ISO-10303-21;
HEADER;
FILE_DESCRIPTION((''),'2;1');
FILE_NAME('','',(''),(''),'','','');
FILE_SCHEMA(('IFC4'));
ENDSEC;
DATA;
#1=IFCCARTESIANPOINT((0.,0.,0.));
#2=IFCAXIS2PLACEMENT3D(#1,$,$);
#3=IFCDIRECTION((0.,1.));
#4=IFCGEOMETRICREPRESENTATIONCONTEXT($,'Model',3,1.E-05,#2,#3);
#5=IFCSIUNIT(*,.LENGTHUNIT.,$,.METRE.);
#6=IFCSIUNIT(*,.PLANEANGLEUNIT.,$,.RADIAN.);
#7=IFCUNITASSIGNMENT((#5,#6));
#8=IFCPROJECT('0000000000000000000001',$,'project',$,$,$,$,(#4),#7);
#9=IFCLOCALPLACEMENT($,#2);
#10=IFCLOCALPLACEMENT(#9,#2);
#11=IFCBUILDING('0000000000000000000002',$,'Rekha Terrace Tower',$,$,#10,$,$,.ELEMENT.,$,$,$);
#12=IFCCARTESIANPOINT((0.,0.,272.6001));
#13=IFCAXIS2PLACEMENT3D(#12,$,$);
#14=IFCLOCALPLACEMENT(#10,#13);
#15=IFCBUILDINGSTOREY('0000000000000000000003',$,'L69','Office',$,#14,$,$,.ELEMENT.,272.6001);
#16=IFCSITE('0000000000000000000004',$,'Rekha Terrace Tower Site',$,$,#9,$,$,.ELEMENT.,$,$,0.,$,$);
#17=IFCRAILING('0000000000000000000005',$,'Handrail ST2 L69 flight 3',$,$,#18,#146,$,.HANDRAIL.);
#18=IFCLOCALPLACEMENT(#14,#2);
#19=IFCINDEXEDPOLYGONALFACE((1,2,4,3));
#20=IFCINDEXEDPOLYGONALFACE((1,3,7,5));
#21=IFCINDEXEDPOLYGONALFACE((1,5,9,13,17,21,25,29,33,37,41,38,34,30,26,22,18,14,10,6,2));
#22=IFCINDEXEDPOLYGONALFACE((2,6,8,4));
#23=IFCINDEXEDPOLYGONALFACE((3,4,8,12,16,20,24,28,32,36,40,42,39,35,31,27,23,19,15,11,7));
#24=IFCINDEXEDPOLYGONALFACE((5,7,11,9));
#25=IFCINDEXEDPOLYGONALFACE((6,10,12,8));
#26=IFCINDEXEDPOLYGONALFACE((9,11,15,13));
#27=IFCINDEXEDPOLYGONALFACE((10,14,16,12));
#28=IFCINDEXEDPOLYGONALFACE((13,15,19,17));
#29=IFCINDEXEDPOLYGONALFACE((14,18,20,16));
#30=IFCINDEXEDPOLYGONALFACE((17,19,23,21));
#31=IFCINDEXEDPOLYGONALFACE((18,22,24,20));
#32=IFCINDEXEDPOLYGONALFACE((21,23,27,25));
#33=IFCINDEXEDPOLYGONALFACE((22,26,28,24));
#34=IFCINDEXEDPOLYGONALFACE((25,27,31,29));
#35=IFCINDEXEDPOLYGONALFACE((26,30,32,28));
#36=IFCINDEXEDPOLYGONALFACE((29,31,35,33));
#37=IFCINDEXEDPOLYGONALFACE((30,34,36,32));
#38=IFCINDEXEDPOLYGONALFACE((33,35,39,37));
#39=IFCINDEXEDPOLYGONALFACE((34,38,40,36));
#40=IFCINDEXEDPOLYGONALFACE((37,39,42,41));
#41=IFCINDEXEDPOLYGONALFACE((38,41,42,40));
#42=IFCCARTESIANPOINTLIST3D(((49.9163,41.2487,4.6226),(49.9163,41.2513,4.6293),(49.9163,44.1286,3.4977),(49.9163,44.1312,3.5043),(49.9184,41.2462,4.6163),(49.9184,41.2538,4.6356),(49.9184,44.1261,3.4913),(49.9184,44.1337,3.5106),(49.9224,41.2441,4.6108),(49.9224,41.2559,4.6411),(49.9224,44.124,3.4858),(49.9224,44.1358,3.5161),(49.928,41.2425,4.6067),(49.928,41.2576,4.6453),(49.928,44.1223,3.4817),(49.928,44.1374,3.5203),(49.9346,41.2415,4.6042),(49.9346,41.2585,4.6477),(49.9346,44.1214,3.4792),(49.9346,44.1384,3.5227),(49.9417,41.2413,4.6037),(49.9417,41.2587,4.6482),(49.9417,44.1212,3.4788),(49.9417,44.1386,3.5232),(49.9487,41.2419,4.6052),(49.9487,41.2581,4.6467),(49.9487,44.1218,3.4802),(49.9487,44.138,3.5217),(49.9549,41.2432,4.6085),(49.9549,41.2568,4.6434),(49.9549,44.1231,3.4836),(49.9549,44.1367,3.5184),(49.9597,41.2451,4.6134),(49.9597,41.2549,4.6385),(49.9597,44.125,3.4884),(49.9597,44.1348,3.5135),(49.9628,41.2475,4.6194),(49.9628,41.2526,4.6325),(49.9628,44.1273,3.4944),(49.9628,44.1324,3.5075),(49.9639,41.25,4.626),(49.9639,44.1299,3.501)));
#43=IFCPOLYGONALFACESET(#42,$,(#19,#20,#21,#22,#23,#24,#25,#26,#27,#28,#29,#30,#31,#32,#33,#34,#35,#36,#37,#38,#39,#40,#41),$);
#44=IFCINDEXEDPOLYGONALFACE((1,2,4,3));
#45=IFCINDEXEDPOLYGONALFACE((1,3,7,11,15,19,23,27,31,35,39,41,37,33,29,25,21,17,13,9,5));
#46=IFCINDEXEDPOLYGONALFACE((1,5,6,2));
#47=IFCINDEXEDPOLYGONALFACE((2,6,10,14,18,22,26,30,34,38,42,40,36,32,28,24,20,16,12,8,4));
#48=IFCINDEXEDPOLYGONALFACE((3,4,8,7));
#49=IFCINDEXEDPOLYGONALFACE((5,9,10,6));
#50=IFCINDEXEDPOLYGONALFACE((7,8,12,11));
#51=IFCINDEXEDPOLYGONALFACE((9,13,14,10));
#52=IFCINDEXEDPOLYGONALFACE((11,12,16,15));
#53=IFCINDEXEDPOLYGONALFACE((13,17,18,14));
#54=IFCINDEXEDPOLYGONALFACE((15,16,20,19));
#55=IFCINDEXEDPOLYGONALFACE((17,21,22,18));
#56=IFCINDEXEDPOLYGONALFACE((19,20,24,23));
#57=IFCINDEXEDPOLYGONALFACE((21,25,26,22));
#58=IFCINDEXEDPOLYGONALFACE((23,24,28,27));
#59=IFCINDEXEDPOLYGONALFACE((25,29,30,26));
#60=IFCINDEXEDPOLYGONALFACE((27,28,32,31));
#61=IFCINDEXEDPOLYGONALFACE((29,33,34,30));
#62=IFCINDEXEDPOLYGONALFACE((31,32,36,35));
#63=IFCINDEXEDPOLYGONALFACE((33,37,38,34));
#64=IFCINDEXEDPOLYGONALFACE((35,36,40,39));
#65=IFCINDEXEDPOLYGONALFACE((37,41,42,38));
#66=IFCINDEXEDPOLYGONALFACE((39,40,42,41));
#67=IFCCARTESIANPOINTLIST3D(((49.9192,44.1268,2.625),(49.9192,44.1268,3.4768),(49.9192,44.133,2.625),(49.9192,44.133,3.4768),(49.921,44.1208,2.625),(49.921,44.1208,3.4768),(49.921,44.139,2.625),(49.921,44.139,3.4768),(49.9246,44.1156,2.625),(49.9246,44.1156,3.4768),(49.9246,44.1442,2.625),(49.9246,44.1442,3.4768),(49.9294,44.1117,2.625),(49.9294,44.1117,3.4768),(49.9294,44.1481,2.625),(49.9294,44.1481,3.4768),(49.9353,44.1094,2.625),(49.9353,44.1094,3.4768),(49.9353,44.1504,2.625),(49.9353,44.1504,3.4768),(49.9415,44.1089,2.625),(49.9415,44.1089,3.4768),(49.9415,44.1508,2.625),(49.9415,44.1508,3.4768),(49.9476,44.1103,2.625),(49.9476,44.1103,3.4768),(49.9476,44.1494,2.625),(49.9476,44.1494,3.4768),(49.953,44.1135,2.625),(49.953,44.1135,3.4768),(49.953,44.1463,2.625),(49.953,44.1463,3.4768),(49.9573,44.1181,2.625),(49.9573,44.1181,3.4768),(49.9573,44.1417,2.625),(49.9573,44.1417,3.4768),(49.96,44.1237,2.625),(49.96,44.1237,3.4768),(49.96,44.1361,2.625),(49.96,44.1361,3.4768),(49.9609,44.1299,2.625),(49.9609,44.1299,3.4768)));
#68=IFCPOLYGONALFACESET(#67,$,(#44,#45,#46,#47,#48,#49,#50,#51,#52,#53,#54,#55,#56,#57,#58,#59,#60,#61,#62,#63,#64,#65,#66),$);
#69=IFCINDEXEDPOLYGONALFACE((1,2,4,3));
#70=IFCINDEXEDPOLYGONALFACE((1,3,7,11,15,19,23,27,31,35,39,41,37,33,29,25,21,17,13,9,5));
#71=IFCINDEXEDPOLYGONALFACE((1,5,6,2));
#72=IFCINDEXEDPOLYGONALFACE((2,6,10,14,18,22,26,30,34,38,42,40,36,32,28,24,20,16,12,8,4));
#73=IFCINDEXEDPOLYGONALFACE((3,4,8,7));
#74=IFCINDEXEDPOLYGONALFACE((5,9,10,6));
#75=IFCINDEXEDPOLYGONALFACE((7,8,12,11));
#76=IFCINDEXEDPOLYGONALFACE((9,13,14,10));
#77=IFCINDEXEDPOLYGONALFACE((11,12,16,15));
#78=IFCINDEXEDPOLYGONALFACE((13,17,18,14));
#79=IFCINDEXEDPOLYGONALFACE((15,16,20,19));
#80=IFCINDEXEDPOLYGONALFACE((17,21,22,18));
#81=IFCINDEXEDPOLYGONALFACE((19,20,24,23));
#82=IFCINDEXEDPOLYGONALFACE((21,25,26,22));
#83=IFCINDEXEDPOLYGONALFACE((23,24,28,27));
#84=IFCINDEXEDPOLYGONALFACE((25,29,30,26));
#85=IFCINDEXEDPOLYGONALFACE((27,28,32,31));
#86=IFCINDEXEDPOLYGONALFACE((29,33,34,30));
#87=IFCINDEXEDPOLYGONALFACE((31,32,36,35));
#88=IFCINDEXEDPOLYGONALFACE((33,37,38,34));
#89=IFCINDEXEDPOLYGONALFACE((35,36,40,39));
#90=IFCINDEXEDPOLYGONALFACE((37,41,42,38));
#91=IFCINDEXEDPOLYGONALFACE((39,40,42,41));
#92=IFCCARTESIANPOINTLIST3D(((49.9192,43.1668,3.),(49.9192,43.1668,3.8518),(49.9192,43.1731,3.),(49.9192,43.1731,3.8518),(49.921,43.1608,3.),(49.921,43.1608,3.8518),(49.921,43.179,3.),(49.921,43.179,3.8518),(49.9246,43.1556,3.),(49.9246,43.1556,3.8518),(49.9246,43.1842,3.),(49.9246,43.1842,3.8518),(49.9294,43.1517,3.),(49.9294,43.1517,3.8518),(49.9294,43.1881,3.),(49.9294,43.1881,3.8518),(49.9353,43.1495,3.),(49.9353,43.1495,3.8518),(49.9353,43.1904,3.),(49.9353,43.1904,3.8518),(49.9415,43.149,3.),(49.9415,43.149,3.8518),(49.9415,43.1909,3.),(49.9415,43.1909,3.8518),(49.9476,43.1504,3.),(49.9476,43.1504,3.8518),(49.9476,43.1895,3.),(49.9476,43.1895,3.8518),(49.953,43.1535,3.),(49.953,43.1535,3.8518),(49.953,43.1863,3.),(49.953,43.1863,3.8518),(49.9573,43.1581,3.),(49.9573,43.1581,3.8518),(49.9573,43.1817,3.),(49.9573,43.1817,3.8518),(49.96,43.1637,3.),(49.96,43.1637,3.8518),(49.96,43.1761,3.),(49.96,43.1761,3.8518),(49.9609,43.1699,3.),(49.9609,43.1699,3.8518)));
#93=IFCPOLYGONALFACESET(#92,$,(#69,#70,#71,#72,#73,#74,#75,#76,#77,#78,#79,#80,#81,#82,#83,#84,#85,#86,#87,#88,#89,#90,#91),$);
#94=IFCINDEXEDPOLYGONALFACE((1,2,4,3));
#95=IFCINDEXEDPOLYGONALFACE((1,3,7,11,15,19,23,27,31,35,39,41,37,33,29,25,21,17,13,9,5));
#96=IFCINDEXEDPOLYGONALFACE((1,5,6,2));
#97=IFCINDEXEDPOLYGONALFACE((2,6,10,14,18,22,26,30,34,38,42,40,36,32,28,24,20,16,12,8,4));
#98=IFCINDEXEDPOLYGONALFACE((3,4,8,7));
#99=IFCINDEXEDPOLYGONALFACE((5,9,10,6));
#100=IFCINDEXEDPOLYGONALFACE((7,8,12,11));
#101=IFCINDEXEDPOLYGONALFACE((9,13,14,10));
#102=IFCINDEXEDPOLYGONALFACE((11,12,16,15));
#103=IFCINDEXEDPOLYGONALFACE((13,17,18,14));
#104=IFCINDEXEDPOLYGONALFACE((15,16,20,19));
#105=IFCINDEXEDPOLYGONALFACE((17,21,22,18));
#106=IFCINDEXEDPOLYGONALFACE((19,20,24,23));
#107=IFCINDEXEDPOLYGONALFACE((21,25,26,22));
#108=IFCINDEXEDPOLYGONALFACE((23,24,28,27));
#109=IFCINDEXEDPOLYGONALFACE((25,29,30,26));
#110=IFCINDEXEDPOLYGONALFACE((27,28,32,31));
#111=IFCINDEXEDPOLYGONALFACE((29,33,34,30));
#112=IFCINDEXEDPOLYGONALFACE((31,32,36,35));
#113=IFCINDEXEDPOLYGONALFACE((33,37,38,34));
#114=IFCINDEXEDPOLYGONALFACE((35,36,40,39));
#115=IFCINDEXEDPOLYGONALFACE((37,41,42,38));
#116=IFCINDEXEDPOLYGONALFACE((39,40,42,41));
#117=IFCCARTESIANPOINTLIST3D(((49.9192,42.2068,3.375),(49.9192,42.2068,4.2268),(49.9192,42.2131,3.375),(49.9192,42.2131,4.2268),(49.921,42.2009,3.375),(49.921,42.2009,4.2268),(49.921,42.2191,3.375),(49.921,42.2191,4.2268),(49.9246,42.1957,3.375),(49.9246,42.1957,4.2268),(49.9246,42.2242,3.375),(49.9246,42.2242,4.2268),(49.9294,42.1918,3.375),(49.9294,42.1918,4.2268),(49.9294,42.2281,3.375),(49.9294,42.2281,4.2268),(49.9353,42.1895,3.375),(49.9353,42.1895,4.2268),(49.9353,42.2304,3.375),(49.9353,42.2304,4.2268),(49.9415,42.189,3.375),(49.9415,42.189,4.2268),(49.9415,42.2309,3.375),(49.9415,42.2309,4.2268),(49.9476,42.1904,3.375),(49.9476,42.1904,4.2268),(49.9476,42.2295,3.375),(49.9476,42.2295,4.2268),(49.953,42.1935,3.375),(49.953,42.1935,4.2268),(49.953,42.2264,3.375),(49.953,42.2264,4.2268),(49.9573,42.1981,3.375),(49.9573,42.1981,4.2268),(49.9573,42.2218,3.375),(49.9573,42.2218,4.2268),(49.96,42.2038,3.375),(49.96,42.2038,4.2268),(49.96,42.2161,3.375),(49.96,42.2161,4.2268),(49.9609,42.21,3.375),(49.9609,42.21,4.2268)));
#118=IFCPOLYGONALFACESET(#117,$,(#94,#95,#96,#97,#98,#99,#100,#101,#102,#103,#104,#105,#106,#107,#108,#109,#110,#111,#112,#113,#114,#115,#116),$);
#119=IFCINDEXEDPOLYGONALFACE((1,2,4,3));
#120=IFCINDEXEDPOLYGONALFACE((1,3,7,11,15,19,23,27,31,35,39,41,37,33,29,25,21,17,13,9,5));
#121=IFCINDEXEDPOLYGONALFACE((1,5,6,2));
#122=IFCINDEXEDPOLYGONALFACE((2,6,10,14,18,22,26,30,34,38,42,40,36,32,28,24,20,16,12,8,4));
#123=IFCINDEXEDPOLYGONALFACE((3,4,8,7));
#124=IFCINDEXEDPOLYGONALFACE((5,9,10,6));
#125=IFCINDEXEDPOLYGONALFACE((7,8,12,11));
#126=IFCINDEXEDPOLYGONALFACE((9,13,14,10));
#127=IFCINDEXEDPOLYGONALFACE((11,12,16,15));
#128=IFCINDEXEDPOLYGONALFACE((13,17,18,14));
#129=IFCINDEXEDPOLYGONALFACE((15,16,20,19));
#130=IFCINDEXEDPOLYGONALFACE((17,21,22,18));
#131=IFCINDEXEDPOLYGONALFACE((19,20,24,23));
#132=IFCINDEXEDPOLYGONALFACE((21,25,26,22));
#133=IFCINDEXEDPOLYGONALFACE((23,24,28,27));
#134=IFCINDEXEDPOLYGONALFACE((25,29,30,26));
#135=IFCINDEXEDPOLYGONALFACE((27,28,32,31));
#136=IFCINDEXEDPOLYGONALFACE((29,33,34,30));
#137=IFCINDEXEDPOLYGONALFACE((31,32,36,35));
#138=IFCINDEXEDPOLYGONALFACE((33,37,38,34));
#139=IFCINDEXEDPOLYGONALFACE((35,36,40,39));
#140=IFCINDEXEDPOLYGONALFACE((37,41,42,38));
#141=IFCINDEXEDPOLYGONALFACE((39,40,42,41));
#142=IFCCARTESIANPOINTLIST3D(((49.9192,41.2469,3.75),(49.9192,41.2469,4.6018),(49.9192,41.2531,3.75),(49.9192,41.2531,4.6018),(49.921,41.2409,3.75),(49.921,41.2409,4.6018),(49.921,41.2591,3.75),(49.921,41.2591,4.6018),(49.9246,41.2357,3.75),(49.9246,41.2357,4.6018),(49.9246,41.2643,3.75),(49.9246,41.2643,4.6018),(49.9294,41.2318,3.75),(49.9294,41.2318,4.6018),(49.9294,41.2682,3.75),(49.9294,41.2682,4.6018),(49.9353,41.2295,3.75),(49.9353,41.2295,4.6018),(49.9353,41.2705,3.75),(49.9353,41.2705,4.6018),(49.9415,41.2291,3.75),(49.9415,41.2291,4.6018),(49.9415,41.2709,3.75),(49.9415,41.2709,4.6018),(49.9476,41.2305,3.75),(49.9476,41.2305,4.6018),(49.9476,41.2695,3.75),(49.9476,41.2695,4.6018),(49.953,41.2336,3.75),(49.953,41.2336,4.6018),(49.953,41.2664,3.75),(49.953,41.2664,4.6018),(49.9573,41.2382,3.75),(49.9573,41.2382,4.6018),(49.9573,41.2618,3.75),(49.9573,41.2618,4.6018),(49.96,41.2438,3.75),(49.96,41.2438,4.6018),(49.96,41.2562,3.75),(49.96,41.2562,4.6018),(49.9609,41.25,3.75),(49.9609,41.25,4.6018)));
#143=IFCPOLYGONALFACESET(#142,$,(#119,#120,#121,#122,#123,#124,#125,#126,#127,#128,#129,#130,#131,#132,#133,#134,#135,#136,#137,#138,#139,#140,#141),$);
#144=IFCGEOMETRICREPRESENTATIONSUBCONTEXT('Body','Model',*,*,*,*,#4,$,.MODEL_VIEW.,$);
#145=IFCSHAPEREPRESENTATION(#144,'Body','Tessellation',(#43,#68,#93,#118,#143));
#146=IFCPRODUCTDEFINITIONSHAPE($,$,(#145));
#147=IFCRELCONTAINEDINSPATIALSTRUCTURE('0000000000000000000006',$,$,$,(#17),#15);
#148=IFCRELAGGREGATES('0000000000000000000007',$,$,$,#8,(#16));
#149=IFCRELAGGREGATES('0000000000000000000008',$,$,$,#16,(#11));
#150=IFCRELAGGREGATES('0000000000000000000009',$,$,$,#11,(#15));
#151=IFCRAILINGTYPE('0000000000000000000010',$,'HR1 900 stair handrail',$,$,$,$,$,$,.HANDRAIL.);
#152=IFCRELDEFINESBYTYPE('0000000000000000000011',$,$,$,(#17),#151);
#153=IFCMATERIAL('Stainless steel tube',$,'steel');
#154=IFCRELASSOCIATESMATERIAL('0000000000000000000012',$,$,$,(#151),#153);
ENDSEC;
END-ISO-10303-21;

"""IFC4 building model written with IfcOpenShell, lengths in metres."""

from ifc_helpers import new_model, si_unit, direction, frame, origin, origin_2d, place, context, subcontext, project, spatial, circle, extrude, material, type_object, element, save


model = new_model("IFC4")

# Units and contexts
model_context = context("Model", 3, precision=1e-05, world=origin(), true_north=direction((0.0, 1.0)))
body_context = subcontext(model_context, "Body", "Model", "MODEL_VIEW")
ifc_project = project(units=[si_unit("LENGTHUNIT", "METRE"), si_unit("PLANEANGLEUNIT", "RADIAN")], contexts=[model_context])

# Site, building, storey
site_placement = place(None, origin())
site = spatial("IfcSite", under=ifc_project, at=site_placement, Name="Rekha Terrace Tower Site", CompositionType="ELEMENT", RefElevation=0.0)
building_placement = place(site_placement, origin())
building = spatial("IfcBuilding", under=site, at=building_placement, Name="Rekha Terrace Tower", CompositionType="ELEMENT")
storey_placement = place(building_placement, frame((0.0, 0.0, 272.6001)))
storey = spatial("IfcBuildingStorey", under=building, at=storey_placement, Name="L69", Description="Office", CompositionType="ELEMENT", Elevation=272.6001)

# Railing
ifc_material_1 = material(Name="Stainless steel tube", Category="steel")
railing_type_1 = type_object("IfcRailingType", Name="HR1 900 stair handrail", PredefinedType="HANDRAIL", material=ifc_material_1)
railing_1_placement = place(storey_placement, frame((49.9399, 44.1299, 2.625)))
element("IfcRailing", 1, at=railing_1_placement, inside=storey, type_object=railing_type_1, Name="Handrail ST2 L69 flight 3", PredefinedType="HANDRAIL", context=body_context, shape_type="SweptSolid", body=[
    extrude(circle(Radius=0.0239, at=origin_2d()), frame((0.0, 0.0, 0.876), z_axis=(0.0, -0.931452, 0.363863), x_axis=(1.0, 0.0, 0.0)), (0.0, 0.0, 1.0), 3.0918),
    extrude(circle(Radius=0.021, at=origin_2d()), origin(), (0.0, 0.0, 1.0), 0.8518),
    extrude(circle(Radius=0.021, at=origin_2d()), frame((0.0, -0.96, 0.375)), (0.0, 0.0, 1.0), 0.8518),
    extrude(circle(Radius=0.021, at=origin_2d()), frame((0.0, -1.9199, 0.75)), (0.0, 0.0, 1.0), 0.8518),
    extrude(circle(Radius=0.021, at=origin_2d()), frame((0.0, -2.8799, 1.125)), (0.0, 0.0, 1.0), 0.8518),
])

save(model, "model.ifc")
